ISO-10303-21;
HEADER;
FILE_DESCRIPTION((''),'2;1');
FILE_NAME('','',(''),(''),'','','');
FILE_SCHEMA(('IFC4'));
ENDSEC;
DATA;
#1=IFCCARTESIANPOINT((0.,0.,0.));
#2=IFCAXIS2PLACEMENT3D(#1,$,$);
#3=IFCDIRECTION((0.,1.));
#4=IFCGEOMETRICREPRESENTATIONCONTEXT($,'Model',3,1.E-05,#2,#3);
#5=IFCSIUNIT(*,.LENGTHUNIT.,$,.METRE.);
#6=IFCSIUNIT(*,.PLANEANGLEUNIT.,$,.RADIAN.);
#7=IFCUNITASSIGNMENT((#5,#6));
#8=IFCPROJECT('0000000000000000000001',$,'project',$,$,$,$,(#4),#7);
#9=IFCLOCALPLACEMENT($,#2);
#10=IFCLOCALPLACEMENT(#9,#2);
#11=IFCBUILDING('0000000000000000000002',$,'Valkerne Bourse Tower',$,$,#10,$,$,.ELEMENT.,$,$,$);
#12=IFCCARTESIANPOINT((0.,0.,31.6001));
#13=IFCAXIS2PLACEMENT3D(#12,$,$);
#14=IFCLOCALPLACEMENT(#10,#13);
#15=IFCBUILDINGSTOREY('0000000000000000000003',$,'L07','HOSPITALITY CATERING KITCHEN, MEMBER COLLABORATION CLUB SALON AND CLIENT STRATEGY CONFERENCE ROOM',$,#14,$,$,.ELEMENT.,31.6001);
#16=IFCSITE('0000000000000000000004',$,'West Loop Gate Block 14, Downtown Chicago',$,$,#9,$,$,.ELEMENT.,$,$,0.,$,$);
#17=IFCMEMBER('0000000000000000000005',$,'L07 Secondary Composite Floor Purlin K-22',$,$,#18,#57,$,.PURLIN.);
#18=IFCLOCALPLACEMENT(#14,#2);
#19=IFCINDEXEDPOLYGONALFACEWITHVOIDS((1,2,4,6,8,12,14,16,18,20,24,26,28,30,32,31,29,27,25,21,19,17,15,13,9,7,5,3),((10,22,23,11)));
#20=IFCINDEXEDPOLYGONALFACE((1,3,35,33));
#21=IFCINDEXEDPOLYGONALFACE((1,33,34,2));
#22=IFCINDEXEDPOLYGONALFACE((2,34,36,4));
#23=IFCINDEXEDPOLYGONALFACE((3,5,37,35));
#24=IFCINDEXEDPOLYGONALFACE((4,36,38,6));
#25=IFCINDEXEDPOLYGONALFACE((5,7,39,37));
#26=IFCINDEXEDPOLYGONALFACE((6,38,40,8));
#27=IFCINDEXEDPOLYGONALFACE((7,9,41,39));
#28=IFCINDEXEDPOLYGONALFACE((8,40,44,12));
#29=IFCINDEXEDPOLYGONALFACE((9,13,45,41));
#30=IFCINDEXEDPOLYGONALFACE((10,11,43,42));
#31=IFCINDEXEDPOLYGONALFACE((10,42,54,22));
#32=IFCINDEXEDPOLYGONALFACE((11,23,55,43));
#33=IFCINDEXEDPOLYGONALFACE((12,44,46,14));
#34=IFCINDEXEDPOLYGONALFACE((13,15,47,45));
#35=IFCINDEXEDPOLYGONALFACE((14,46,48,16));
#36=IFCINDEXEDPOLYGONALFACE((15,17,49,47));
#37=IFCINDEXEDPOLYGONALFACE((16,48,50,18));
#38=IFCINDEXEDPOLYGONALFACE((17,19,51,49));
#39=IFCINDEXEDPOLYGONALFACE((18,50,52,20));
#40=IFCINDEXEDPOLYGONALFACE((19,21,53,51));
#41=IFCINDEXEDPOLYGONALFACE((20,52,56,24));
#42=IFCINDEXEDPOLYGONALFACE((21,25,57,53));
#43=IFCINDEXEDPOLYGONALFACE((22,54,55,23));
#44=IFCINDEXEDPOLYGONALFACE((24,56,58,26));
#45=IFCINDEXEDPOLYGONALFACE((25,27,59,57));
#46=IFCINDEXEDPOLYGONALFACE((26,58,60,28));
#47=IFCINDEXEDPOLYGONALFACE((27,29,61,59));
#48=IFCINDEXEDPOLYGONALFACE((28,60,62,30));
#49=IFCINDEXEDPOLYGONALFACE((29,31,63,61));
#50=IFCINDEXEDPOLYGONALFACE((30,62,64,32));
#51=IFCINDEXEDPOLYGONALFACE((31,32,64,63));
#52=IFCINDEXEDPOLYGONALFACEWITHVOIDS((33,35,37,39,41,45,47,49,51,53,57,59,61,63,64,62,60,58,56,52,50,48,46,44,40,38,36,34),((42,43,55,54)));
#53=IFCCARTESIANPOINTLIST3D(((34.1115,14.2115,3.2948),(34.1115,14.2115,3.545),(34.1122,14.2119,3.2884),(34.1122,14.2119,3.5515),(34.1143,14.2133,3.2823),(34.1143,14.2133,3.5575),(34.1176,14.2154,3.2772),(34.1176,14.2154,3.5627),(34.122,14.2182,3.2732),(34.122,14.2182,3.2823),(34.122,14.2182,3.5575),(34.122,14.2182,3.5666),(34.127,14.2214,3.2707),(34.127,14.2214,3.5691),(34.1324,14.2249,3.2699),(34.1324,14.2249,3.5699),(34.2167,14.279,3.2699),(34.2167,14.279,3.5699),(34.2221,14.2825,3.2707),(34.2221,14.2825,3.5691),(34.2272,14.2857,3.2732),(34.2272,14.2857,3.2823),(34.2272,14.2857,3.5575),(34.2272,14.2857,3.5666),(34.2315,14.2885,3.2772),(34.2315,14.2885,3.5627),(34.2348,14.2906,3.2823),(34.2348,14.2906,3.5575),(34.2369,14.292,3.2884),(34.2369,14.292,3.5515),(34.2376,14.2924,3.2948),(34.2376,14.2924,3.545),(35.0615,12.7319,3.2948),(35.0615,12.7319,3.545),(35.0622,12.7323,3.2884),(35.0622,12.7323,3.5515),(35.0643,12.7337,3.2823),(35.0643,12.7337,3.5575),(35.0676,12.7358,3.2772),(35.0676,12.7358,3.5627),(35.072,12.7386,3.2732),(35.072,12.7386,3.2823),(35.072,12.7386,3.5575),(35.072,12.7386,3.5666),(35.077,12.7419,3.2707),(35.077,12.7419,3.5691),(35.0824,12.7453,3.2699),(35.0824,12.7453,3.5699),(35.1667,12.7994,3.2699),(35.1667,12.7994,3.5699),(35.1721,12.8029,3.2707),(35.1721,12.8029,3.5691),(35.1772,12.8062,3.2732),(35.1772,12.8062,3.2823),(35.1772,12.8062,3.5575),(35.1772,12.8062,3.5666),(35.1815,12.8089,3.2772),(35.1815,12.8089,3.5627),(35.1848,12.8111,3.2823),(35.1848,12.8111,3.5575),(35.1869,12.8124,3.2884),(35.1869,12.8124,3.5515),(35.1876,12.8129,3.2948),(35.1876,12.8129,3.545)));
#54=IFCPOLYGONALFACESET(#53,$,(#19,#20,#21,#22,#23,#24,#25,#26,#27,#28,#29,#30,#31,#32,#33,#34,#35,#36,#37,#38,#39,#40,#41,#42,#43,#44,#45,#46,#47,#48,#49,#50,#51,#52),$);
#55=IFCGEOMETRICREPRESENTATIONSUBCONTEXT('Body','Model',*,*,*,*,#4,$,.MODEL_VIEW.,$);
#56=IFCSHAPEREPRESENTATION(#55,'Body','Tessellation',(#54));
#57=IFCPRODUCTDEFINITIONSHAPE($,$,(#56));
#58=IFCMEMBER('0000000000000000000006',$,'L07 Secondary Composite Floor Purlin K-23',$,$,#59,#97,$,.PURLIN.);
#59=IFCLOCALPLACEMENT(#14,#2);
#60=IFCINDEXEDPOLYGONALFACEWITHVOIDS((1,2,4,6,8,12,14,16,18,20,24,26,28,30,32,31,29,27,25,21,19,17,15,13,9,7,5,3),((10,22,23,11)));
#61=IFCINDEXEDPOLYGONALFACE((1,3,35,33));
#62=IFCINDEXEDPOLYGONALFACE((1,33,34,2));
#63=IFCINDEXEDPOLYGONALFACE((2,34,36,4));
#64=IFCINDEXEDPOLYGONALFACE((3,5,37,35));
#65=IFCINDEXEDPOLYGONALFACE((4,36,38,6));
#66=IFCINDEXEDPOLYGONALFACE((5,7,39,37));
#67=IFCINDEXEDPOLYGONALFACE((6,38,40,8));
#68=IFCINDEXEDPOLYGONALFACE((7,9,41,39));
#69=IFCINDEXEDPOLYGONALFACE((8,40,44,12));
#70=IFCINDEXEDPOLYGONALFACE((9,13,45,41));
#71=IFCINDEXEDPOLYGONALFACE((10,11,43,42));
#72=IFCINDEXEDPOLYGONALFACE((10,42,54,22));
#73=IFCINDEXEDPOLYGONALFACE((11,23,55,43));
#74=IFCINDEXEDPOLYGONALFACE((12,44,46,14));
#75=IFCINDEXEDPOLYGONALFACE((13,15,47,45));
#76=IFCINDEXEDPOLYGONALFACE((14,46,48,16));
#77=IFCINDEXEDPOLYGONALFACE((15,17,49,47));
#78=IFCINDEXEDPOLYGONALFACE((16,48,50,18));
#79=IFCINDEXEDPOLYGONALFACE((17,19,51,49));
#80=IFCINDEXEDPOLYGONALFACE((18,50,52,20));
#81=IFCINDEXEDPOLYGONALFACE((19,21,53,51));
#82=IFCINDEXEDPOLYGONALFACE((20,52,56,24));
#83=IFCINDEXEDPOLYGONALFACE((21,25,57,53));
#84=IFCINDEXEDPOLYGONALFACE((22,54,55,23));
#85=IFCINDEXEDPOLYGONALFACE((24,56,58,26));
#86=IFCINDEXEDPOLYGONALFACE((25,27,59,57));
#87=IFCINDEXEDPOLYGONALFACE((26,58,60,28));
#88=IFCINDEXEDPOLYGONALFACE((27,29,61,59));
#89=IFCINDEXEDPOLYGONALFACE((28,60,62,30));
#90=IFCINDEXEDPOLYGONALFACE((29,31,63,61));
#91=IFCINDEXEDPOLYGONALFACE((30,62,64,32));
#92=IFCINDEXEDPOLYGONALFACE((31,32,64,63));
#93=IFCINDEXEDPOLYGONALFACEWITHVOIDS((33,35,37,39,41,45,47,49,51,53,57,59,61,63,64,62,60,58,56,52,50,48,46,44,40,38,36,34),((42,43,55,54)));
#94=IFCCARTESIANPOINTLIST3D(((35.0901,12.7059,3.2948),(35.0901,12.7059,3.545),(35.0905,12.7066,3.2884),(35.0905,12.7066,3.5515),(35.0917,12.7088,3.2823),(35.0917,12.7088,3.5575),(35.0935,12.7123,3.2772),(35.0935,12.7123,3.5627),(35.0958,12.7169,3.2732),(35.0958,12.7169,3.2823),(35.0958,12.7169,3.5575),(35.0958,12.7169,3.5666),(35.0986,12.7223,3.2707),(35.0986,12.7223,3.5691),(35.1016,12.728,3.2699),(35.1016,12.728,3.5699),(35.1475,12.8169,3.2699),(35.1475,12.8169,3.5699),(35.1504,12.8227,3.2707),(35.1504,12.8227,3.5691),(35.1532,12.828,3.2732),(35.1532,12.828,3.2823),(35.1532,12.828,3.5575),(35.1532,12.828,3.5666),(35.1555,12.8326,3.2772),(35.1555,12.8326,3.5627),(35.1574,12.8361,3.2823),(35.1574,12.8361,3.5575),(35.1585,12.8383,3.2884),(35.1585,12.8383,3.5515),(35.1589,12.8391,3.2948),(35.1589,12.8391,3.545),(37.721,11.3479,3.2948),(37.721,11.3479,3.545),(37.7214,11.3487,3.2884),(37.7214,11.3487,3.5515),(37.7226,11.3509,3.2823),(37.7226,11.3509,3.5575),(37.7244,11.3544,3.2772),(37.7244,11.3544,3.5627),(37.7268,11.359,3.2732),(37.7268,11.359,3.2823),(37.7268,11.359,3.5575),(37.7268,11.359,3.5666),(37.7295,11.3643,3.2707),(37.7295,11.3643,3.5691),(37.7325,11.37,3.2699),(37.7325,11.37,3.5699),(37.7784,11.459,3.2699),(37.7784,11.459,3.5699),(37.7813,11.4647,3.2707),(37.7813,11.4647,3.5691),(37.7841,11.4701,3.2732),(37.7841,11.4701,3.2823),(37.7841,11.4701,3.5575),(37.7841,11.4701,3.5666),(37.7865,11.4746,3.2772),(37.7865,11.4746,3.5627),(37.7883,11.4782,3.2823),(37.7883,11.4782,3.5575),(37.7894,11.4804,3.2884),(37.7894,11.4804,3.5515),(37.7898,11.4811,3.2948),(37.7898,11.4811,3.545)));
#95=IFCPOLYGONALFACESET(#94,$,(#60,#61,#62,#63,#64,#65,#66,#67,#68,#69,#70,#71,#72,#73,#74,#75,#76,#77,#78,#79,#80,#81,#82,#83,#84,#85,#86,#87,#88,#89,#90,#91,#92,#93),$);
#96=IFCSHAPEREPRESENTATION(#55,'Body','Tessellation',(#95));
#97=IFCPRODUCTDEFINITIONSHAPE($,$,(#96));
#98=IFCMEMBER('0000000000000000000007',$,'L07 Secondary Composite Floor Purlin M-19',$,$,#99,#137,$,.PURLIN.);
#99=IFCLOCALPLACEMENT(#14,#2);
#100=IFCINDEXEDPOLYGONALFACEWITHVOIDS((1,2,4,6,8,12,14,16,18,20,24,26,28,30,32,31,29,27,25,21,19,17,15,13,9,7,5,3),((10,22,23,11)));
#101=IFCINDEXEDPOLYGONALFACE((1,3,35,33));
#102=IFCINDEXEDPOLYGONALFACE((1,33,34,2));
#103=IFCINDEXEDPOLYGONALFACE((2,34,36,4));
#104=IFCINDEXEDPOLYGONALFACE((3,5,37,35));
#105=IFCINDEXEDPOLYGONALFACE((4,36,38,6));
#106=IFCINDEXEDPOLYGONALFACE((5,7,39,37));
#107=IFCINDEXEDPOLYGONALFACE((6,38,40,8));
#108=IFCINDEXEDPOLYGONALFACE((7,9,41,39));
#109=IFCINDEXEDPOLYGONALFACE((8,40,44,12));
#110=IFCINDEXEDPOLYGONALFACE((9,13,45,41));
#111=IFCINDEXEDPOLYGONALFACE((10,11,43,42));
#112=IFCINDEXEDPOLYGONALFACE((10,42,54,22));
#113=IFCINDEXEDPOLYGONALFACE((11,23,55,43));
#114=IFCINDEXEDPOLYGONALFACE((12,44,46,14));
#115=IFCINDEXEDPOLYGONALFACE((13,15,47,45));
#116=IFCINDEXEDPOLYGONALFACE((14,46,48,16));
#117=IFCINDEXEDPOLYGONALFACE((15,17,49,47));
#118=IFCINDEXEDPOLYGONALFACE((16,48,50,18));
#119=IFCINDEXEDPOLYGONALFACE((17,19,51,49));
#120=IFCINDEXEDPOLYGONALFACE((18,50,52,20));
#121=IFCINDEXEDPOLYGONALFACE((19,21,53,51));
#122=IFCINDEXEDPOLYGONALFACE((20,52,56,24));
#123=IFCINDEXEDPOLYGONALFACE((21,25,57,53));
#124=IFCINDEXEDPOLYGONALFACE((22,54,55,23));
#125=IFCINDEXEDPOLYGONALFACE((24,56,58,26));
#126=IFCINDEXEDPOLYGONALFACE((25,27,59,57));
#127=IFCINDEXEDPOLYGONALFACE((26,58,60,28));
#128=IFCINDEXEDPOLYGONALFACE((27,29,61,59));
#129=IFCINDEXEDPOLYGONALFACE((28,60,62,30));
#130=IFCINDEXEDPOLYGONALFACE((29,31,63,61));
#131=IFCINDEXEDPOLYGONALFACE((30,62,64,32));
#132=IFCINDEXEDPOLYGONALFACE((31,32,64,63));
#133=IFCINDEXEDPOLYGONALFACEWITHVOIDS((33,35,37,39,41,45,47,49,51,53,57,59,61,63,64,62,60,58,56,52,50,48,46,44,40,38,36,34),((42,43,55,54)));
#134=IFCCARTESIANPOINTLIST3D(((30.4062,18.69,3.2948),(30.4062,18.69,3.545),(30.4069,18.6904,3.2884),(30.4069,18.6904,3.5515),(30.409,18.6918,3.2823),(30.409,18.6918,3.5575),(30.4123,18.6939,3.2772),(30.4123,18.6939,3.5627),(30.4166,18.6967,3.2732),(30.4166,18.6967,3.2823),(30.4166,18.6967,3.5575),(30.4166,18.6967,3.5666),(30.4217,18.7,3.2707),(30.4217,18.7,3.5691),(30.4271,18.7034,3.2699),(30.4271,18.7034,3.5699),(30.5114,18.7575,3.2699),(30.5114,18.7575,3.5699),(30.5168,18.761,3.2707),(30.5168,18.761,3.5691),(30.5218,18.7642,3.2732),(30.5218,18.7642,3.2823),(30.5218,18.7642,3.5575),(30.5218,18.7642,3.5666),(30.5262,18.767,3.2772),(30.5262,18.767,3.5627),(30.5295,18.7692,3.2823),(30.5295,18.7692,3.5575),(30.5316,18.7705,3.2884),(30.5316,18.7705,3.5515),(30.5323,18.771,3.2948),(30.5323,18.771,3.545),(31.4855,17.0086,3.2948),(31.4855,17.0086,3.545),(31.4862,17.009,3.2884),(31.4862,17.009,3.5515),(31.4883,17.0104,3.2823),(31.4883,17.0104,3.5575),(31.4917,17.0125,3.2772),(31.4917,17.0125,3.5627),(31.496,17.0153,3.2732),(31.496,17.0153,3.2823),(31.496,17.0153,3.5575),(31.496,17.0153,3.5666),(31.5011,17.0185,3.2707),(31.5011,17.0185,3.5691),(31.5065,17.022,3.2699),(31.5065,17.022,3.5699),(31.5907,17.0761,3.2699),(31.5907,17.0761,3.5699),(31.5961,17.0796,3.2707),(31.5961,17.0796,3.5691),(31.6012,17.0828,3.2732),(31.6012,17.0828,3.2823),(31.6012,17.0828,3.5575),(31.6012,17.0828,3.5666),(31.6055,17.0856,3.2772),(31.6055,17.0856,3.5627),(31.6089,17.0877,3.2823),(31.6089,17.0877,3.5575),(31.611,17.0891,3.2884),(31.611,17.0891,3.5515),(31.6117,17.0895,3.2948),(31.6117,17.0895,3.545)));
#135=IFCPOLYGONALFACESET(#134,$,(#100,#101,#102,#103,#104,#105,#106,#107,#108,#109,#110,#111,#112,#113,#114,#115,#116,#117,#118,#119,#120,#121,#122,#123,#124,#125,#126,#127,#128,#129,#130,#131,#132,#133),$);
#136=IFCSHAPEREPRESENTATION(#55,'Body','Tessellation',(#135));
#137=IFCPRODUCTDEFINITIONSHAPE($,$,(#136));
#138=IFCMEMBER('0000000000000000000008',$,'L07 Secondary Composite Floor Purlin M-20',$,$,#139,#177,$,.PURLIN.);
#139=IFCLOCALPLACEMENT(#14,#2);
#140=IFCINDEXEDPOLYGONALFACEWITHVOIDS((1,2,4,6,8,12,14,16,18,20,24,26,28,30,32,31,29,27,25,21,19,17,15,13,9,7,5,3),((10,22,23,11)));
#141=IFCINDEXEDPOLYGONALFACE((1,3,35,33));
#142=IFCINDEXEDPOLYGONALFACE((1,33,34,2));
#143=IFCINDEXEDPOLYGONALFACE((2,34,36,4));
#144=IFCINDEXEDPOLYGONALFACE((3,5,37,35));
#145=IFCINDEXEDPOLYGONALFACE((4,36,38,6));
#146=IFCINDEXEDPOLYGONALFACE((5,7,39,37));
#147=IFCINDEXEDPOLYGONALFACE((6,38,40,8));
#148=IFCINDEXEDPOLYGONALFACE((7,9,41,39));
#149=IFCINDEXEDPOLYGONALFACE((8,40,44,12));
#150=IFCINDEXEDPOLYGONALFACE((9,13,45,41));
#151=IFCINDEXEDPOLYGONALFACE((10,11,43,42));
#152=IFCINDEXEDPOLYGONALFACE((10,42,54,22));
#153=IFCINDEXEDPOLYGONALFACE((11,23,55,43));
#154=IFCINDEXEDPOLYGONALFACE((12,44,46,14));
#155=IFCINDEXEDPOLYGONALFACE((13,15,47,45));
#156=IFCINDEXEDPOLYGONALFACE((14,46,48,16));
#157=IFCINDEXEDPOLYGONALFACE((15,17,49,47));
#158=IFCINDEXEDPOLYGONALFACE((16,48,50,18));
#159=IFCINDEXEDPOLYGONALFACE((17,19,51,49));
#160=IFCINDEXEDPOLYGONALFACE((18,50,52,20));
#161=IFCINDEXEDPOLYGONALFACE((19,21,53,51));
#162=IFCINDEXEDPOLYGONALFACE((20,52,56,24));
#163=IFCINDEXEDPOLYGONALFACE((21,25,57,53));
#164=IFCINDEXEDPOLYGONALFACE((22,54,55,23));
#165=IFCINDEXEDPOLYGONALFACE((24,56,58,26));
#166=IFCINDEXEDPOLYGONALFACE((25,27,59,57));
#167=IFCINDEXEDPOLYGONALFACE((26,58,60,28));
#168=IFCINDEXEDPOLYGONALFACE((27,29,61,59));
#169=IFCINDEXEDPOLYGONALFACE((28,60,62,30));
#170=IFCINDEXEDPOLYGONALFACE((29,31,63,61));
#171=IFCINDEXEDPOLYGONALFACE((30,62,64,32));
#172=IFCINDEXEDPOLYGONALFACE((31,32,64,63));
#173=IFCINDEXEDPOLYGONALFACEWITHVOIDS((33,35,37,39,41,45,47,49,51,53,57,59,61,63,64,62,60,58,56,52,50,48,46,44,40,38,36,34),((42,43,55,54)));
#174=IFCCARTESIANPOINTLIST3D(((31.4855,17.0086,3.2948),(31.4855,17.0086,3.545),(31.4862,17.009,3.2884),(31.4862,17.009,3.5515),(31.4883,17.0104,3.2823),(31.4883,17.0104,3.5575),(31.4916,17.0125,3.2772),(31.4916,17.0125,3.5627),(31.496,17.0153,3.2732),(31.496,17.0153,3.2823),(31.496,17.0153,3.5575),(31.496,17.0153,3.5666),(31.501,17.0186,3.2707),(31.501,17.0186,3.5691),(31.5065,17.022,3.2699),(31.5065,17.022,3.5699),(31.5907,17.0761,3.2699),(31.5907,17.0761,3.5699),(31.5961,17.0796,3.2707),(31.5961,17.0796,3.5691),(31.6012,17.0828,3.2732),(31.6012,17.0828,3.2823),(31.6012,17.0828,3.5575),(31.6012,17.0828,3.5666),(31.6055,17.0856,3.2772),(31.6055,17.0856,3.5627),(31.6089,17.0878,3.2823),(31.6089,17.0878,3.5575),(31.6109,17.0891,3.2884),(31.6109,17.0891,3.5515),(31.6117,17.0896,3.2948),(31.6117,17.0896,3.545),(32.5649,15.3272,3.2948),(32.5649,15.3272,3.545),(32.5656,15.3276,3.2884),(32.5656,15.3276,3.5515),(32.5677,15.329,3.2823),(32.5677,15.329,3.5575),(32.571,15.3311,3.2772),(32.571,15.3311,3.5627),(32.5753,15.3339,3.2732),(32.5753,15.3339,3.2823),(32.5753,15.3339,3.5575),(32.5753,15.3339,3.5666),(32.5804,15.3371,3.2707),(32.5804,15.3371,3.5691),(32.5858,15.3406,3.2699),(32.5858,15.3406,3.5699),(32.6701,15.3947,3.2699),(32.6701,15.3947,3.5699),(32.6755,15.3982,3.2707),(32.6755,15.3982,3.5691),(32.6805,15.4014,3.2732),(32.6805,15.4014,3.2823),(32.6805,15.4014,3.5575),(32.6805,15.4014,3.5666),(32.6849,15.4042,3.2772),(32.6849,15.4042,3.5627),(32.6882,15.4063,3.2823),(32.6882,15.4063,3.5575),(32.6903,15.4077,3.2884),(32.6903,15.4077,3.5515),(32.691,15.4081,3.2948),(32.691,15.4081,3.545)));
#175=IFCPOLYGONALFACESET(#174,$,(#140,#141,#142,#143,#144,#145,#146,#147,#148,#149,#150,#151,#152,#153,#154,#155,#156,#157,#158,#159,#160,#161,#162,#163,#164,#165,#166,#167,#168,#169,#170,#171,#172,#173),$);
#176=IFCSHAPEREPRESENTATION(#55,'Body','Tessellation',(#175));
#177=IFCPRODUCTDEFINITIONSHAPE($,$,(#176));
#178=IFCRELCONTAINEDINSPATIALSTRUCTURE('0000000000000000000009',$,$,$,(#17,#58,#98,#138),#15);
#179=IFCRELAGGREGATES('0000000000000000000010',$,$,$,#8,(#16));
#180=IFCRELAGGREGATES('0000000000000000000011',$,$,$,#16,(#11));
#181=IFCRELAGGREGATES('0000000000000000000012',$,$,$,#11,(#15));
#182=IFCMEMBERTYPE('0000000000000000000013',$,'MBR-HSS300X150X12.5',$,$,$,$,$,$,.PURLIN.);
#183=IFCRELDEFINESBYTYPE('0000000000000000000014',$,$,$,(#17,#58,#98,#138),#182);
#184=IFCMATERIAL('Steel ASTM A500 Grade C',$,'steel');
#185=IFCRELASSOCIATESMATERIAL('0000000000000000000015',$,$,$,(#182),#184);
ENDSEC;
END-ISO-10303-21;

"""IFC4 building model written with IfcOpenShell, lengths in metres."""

from ifc_helpers import new_model, si_unit, direction, frame, origin, origin_2d, place, context, subcontext, project, spatial, hollow_rectangle, extrude, material, material_profile, profile_set, type_object, element, save


model = new_model("IFC4")

# Units and contexts
model_context = context("Model", 3, precision=1e-05, world=origin(), true_north=direction((0.0, 1.0)))
body_context = subcontext(model_context, "Body", "Model", "MODEL_VIEW")
ifc_project = project(units=[si_unit("LENGTHUNIT", "METRE"), si_unit("PLANEANGLEUNIT", "RADIAN")], contexts=[model_context])

# Site, building, storey
site_placement = place(None, origin())
site = spatial("IfcSite", under=ifc_project, at=site_placement, Name="West Loop Gate Block 14, Downtown Chicago", CompositionType="ELEMENT", RefElevation=0.0)
building_placement = place(site_placement, origin())
building = spatial("IfcBuilding", under=site, at=building_placement, Name="Valkerne Bourse Tower", CompositionType="ELEMENT")
storey_placement = place(building_placement, frame((0.0, 0.0, 31.6001)))
storey = spatial("IfcBuildingStorey", under=building, at=storey_placement, Name="L07", Description="HOSPITALITY CATERING KITCHEN, MEMBER COLLABORATION CLUB SALON AND CLIENT STRATEGY CONFERENCE ROOM", CompositionType="ELEMENT", Elevation=31.6001)

# Members
ifc_material_1 = material(Name="Steel ASTM A500 Grade C", Category="steel")
ifc_material_profile_1 = material_profile(ifc_material_1, hollow_rectangle(XDim=0.1499, YDim=0.3, WallThickness=0.0125, OuterFilletRadius=0.0249, at=origin_2d()), Name="HSS300X150X12.5")
ifc_profile_set_1 = profile_set([ifc_material_profile_1], Name="Steel ASTM A500 Grade C")
member_type_1 = type_object("IfcMemberType", Name="MBR-HSS300X150X12.5", PredefinedType="PURLIN", material=ifc_profile_set_1)
for number, where, z_axis, x_axis, name in (
    (1, (34.1746, 14.252, 3.4199), (0.540294, -0.841476, 0.0), (0.841476, 0.540294, 0.0), "L07 Secondary Composite Floor Purlin K-22"),
):
    element("IfcMember", number, at=place(storey_placement, frame(where, z_axis=z_axis, x_axis=x_axis)), inside=storey, type_object=member_type_1, Name=name, PredefinedType="PURLIN", context=body_context, shape_type="SweptSolid", body=[
        extrude(hollow_rectangle(XDim=0.1499, YDim=0.3, WallThickness=0.0125, OuterFilletRadius=0.0249, at=origin_2d()), origin(), (0.0, 0.0, 1.0), 1.7583),
    ])
member_1_placement = place(storey_placement, frame((35.1245, 12.7725, 3.4199), z_axis=(0.888614, -0.458656, 0.0), x_axis=(0.458656, 0.888614, 0.0)))
element("IfcMember", 2, at=member_1_placement, inside=storey, type_object=member_type_1, Name="L07 Secondary Composite Floor Purlin K-23", PredefinedType="PURLIN", context=body_context, shape_type="SweptSolid", body=[
    extrude(hollow_rectangle(XDim=0.1499, YDim=0.3, WallThickness=0.0125, OuterFilletRadius=0.0249, at=origin_2d()), origin(), (0.0, 0.0, 1.0), 2.9607),
])
for number, where, z_axis, x_axis, name in (
    (3, (30.4692, 18.7305, 3.4199), (0.540208, -0.841532, 0.0), (0.841532, 0.540208, 0.0), "L07 Secondary Composite Floor Purlin M-19"),
    (4, (31.5486, 17.0491, 3.4199), (0.540208, -0.841532, 0.0), (0.841532, 0.540208, 0.0), "L07 Secondary Composite Floor Purlin M-20"),
):
    element("IfcMember", number, at=place(storey_placement, frame(where, z_axis=z_axis, x_axis=x_axis)), inside=storey, type_object=member_type_1, Name=name, PredefinedType="PURLIN", context=body_context, shape_type="SweptSolid", body=[
        extrude(hollow_rectangle(XDim=0.1499, YDim=0.3, WallThickness=0.0125, OuterFilletRadius=0.0249, at=origin_2d()), origin(), (0.0, 0.0, 1.0), 1.998),
    ])

save(model, "model.ifc")
